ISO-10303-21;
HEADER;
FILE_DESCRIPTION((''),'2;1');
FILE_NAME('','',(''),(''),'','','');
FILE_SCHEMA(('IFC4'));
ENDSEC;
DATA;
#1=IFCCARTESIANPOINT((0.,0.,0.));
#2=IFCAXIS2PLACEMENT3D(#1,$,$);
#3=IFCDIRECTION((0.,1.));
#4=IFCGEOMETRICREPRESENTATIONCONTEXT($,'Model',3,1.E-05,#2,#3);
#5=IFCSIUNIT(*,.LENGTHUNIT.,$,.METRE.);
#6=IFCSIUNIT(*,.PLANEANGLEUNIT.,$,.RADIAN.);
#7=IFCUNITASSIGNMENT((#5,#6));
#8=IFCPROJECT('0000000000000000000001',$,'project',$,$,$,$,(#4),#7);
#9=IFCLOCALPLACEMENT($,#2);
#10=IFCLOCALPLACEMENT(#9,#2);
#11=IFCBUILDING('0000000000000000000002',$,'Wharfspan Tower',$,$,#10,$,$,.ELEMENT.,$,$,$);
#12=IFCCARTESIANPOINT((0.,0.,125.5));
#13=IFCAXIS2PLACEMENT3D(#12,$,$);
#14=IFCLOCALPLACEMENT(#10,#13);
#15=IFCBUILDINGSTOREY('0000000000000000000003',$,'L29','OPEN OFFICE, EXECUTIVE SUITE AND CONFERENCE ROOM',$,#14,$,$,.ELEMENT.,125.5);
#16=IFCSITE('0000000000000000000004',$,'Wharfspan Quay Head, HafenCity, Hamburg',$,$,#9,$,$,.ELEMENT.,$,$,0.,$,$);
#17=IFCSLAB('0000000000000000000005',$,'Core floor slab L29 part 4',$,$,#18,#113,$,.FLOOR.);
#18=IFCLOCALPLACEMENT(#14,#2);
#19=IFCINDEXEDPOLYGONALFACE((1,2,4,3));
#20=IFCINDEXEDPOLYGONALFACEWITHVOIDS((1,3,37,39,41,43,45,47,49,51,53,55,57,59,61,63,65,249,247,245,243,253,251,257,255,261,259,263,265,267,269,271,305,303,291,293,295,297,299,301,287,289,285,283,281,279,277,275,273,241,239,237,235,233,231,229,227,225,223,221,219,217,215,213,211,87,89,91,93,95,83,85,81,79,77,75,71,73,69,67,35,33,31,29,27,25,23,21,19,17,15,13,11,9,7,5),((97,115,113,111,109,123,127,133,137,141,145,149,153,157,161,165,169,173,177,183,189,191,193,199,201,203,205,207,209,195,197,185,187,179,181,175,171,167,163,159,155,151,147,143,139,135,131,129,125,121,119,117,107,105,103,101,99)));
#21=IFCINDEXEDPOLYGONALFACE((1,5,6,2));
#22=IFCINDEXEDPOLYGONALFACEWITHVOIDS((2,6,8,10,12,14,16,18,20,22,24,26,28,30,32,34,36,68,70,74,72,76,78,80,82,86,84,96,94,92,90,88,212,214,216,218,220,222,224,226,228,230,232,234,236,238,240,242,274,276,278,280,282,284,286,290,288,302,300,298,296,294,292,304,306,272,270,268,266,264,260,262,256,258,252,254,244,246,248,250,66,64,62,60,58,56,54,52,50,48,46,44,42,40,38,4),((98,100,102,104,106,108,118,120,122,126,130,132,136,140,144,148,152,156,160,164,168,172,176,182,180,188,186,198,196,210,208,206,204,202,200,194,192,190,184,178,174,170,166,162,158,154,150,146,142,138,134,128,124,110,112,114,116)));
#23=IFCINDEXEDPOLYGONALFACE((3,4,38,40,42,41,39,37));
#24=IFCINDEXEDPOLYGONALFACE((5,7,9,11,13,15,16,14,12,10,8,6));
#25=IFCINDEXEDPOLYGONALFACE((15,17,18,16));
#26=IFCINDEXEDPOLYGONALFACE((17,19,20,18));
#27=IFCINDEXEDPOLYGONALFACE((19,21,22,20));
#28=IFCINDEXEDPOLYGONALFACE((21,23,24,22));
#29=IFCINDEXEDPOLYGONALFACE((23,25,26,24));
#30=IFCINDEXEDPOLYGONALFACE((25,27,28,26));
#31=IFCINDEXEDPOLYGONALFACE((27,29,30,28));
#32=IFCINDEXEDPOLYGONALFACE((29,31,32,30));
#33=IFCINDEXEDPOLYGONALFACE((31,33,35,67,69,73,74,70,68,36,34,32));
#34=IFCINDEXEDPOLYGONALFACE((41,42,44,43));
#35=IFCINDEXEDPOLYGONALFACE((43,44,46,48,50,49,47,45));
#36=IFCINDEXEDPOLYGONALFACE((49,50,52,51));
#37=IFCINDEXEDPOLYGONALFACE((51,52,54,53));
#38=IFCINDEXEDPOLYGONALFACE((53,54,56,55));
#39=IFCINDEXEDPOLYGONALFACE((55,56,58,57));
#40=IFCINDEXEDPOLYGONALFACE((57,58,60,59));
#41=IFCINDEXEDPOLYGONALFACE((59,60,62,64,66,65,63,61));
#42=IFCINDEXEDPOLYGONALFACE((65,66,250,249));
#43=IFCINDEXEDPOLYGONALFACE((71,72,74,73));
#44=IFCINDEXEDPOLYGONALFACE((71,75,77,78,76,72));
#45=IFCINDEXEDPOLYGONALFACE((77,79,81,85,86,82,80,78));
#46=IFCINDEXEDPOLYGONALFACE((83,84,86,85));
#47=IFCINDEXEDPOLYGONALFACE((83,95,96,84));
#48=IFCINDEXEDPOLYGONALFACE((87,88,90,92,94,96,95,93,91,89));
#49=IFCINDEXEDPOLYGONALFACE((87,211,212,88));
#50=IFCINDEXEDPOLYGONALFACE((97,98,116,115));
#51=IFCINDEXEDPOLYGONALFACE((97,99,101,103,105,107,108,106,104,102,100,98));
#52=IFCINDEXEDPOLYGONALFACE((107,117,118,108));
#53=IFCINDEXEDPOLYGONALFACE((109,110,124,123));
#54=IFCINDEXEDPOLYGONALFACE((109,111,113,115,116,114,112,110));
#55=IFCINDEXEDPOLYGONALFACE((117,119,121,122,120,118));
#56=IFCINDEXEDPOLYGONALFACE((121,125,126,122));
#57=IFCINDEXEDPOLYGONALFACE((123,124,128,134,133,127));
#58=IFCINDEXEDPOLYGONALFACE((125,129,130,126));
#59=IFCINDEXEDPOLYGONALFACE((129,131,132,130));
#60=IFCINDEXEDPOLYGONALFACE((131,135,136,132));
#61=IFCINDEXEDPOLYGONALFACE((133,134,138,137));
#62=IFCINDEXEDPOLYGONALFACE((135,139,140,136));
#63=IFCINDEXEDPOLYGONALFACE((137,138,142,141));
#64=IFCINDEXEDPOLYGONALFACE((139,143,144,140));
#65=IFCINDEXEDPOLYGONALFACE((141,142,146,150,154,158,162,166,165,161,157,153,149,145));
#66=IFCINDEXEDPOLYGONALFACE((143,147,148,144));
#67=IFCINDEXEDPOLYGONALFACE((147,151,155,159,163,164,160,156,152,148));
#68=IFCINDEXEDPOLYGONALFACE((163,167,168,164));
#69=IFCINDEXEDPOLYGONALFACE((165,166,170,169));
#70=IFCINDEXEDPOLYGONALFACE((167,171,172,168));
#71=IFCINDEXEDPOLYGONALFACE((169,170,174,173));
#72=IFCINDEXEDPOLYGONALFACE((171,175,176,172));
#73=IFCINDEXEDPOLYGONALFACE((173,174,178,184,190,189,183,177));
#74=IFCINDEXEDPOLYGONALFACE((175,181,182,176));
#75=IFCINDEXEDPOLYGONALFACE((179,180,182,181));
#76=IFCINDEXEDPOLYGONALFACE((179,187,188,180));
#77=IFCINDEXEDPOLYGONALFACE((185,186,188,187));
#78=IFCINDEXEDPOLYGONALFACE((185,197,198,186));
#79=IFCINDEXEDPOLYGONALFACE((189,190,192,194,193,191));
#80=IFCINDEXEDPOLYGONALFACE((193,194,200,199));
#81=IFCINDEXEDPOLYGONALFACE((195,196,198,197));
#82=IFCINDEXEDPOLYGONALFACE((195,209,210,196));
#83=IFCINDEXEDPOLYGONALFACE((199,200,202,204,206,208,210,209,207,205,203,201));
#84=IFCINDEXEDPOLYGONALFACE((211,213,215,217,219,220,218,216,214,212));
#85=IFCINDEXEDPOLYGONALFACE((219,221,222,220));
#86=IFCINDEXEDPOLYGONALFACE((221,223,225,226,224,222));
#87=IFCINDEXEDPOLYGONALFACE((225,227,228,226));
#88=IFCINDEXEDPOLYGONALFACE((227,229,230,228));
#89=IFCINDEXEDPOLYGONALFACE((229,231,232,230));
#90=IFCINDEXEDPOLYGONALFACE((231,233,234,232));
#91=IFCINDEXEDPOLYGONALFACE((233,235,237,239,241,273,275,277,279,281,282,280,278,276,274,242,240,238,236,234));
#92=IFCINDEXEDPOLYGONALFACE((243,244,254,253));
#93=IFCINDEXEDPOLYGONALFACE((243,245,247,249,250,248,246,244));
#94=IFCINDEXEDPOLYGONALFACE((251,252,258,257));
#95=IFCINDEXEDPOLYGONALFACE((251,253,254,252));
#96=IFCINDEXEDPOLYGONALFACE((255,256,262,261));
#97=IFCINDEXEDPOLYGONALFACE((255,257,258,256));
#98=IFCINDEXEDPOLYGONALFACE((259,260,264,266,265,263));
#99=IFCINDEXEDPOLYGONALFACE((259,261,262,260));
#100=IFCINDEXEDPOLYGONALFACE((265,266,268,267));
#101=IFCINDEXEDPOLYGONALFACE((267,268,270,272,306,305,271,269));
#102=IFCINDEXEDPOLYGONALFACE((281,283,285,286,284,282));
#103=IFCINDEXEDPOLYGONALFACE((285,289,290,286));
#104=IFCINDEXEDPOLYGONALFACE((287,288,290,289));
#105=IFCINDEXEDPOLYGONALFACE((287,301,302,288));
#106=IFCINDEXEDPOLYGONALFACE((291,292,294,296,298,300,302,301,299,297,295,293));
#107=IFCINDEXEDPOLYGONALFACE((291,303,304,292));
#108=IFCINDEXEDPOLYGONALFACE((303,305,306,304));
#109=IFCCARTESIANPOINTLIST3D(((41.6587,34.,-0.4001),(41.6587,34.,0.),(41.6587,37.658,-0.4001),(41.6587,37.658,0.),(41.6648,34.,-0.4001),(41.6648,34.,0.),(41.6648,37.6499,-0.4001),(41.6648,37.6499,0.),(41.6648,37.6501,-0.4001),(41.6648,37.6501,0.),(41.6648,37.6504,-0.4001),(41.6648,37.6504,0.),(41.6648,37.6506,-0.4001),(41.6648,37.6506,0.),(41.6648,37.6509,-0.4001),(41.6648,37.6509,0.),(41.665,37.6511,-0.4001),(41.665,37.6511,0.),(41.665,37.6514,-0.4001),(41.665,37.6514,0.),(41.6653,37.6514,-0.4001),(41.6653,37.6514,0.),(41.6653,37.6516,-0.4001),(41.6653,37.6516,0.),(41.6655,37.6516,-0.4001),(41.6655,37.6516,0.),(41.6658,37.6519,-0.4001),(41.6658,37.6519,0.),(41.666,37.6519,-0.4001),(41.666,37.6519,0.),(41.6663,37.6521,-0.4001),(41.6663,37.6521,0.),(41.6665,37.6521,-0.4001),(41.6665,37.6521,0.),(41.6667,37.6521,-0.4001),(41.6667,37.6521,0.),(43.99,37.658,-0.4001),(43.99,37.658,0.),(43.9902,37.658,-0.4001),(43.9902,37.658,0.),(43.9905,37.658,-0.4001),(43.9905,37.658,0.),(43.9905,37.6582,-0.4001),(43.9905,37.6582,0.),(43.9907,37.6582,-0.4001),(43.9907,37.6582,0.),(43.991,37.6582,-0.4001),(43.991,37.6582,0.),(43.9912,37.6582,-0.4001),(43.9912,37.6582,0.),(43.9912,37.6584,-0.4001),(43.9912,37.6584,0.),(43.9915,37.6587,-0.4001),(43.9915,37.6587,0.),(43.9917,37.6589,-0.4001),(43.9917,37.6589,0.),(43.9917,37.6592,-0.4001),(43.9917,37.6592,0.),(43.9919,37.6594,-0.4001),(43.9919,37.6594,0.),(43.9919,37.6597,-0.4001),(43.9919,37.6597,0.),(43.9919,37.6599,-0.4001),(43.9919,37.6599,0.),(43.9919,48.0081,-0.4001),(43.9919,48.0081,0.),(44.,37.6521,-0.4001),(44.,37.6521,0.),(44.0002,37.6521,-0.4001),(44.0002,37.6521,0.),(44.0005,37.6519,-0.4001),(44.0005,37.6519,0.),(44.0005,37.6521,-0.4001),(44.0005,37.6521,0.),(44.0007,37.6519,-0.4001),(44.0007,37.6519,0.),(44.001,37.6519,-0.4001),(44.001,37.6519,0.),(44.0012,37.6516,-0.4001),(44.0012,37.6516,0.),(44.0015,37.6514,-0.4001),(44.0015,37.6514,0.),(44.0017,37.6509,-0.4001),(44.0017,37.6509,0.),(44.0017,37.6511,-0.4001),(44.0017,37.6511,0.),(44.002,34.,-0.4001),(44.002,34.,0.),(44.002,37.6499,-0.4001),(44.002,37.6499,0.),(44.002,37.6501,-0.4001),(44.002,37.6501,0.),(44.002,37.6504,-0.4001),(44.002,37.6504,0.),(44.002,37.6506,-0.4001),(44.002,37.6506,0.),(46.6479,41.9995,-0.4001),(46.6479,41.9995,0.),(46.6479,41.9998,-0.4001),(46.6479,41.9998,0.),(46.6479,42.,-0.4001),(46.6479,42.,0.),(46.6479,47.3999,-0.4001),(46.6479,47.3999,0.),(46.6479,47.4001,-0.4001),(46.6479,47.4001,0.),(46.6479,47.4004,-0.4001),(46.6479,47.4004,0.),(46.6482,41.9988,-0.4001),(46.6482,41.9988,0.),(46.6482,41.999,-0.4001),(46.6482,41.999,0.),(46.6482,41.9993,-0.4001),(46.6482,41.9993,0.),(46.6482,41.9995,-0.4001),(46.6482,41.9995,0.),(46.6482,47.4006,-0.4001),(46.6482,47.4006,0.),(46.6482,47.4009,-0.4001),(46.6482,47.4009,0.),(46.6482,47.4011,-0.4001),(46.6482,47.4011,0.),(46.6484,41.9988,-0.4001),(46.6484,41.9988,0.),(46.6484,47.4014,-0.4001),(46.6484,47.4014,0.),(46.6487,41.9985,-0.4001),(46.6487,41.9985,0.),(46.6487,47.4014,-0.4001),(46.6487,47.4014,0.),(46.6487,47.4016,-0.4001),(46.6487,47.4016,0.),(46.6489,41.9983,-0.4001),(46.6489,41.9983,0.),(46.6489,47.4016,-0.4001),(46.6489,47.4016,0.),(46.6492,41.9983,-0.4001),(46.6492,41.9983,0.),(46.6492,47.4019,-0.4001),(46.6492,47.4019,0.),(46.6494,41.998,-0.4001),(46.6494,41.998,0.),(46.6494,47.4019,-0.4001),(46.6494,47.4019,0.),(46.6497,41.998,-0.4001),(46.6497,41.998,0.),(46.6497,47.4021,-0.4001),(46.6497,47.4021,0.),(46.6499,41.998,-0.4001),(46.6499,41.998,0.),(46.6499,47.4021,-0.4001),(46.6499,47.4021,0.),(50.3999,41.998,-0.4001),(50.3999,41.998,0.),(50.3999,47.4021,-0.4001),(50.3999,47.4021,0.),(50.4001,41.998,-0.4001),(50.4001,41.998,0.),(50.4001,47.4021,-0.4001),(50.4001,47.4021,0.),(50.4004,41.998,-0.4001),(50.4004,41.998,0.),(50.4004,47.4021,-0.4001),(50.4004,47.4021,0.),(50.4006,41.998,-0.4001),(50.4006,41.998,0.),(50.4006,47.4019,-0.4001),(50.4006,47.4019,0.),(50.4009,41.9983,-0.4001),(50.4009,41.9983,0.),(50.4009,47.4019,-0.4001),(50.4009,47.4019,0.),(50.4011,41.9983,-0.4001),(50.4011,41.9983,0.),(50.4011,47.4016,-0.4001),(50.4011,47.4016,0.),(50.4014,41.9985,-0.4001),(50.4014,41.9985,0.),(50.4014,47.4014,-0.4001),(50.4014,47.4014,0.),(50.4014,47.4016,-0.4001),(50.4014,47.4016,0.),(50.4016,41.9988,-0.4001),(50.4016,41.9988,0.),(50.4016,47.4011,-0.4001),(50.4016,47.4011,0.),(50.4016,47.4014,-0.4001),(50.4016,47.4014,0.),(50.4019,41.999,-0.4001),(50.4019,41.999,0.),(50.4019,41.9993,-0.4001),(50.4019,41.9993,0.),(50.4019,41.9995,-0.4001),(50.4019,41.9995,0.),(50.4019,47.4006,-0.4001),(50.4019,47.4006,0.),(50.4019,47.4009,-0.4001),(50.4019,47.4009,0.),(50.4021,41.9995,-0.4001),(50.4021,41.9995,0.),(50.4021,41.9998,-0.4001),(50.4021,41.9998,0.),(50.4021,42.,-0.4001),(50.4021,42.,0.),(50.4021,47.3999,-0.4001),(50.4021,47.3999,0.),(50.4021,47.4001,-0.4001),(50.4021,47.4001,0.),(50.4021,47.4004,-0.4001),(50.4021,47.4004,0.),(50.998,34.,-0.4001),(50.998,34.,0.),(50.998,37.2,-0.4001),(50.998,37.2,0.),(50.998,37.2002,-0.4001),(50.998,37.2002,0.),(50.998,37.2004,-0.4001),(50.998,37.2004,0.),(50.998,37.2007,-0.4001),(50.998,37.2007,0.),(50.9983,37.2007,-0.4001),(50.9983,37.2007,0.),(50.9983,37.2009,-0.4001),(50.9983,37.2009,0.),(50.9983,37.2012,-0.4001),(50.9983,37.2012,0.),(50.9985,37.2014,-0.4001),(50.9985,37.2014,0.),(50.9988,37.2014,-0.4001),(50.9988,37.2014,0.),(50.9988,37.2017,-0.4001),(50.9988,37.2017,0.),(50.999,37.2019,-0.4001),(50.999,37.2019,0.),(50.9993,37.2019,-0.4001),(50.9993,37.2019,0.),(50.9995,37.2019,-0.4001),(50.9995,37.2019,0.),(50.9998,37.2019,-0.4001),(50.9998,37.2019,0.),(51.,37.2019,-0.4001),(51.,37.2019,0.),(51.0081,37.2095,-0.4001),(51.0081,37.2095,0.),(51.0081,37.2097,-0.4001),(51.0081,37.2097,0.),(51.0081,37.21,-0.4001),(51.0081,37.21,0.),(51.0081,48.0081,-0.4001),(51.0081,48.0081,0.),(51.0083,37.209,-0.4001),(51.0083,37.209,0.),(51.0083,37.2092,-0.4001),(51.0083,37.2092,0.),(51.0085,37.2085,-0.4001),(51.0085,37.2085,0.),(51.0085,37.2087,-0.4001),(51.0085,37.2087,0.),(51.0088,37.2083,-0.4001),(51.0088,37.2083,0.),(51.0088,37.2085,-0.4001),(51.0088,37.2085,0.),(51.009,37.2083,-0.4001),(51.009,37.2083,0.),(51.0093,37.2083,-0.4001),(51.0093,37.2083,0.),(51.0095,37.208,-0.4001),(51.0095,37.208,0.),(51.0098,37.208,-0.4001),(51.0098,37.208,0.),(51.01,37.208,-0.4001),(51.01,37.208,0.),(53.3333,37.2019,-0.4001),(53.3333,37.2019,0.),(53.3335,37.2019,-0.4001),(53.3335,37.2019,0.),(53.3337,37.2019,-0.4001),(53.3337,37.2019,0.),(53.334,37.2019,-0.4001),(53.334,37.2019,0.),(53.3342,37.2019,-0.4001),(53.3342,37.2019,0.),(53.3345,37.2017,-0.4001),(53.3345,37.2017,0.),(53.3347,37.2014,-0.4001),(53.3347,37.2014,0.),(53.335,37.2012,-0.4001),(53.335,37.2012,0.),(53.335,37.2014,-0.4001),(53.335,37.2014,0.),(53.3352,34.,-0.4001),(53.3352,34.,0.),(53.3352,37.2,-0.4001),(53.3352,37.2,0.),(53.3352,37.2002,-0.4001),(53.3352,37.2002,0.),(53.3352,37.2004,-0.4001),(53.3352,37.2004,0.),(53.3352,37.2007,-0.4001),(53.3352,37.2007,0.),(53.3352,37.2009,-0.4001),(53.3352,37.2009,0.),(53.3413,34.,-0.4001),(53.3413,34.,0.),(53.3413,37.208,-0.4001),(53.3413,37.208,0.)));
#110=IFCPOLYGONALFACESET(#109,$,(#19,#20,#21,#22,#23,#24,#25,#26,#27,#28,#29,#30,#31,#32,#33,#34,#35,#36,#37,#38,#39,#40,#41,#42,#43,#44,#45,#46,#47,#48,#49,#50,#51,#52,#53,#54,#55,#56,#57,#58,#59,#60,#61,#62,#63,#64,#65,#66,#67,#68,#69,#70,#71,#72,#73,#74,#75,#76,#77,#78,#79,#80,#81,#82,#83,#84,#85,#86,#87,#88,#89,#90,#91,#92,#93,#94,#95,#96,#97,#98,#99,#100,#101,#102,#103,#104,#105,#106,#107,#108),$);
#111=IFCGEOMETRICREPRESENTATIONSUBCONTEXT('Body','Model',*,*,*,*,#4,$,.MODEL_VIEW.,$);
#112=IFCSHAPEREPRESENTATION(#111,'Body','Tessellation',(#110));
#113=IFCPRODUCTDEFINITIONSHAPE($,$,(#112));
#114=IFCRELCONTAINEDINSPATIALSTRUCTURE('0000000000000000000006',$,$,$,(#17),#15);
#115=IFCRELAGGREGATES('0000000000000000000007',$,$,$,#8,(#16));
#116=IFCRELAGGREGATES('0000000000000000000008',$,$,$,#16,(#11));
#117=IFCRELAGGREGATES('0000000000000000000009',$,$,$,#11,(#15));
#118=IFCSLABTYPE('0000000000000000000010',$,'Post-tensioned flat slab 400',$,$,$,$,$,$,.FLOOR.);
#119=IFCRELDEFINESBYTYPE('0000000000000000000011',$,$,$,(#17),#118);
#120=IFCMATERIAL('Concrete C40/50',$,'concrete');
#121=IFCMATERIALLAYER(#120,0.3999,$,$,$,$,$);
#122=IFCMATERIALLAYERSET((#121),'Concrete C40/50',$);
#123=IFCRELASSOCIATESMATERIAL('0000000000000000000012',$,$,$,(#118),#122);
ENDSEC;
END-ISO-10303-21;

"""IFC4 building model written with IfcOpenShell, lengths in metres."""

from ifc_helpers import new_model, si_unit, direction, frame, origin, place, context, subcontext, project, spatial, polyline, outline, extrude, material, layer, layer_set, type_object, element, save


model = new_model("IFC4")

# Units and contexts
model_context = context("Model", 3, precision=1e-05, world=origin(), true_north=direction((0.0, 1.0)))
body_context = subcontext(model_context, "Body", "Model", "MODEL_VIEW")
ifc_project = project(units=[si_unit("LENGTHUNIT", "METRE"), si_unit("PLANEANGLEUNIT", "RADIAN")], contexts=[model_context])

# Site, building, storey
site_placement = place(None, origin())
site = spatial("IfcSite", under=ifc_project, at=site_placement, Name="Wharfspan Quay Head, HafenCity, Hamburg", CompositionType="ELEMENT", RefElevation=0.0)
building_placement = place(site_placement, origin())
building = spatial("IfcBuilding", under=site, at=building_placement, Name="Wharfspan Tower", CompositionType="ELEMENT")
storey_placement = place(building_placement, frame((0.0, 0.0, 125.5)))
storey = spatial("IfcBuildingStorey", under=building, at=storey_placement, Name="L29", Description="OPEN OFFICE, EXECUTIVE SUITE AND CONFERENCE ROOM", CompositionType="ELEMENT", Elevation=125.5)

# Slab
ifc_material_1 = material(Name="Concrete C40/50", Category="concrete")
ifc_layer_1 = layer(ifc_material_1, 0.3999)
ifc_layer_set_1 = layer_set([ifc_layer_1], Name="Concrete C40/50")
slab_type = type_object("IfcSlabType", Name="Post-tensioned flat slab 400", PredefinedType="FLOOR", material=ifc_layer_set_1)
slab_1_placement = place(storey_placement, frame((0.0, 0.0, -0.4001)))
element("IfcSlab", 1, at=slab_1_placement, inside=storey, type_object=slab_type, Name="Core floor slab L29 part 4", PredefinedType="FLOOR", context=body_context, shape_type="SweptSolid", body=[
    extrude(outline(polyline([(53.3413, 34.0), (53.3413, 37.208), (51.01, 37.208), (51.0098, 37.208), (51.0095, 37.208), (51.0095, 37.208), (51.0093, 37.2083), (51.009, 37.2083), (51.0088, 37.2083), (51.0088, 37.2085), (51.0085, 37.2085), (51.0085, 37.2087), (51.0083, 37.209), (51.0083, 37.209), (51.0083, 37.2092), (51.0081, 37.2095), (51.0081, 37.2097), (51.0081, 37.2097), (51.0081, 37.21), (51.0081, 48.0081), (43.9919, 48.0081), (43.9919, 37.6599), (43.9919, 37.6599), (43.9919, 37.6597), (43.9919, 37.6594), (43.9917, 37.6592), (43.9917, 37.6592), (43.9917, 37.6589), (43.9915, 37.6587), (43.9915, 37.6587), (43.9912, 37.6584), (43.9912, 37.6582), (43.991, 37.6582), (43.9907, 37.6582), (43.9905, 37.6582), (43.9905, 37.658), (43.9902, 37.658), (43.99, 37.658), (41.6587, 37.658), (41.6587, 34.0), (41.6648, 34.0), (41.6648, 37.6499), (41.6648, 37.6501), (41.6648, 37.6504), (41.6648, 37.6506), (41.6648, 37.6509), (41.6648, 37.6509), (41.665, 37.6511), (41.665, 37.6514), (41.6653, 37.6514), (41.6653, 37.6516), (41.6655, 37.6516), (41.6658, 37.6519), (41.666, 37.6519), (41.666, 37.6519), (41.6663, 37.6521), (41.6665, 37.6521), (41.6667, 37.6521), (44.0, 37.6521), (44.0002, 37.6521), (44.0005, 37.6521), (44.0005, 37.6519), (44.0007, 37.6519), (44.001, 37.6519), (44.0012, 37.6516), (44.0012, 37.6516), (44.0015, 37.6514), (44.0015, 37.6514), (44.0017, 37.6511), (44.0017, 37.6509), (44.0017, 37.6509), (44.002, 37.6506), (44.002, 37.6504), (44.002, 37.6501), (44.002, 37.6499), (44.002, 34.0), (50.998, 34.0), (50.998, 37.2), (50.998, 37.2002), (50.998, 37.2004), (50.998, 37.2007), (50.9983, 37.2007), (50.9983, 37.2009), (50.9983, 37.2012), (50.9985, 37.2014), (50.9985, 37.2014), (50.9988, 37.2014), (50.9988, 37.2017), (50.999, 37.2019), (50.9993, 37.2019), (50.9995, 37.2019), (50.9995, 37.2019), (50.9998, 37.2019), (51.0, 37.2019), (53.3333, 37.2019), (53.3335, 37.2019), (53.3337, 37.2019), (53.334, 37.2019), (53.334, 37.2019), (53.3342, 37.2019), (53.3345, 37.2017), (53.3347, 37.2014), (53.3347, 37.2014), (53.335, 37.2014), (53.335, 37.2012), (53.3352, 37.2009), (53.3352, 37.2007), (53.3352, 37.2007), (53.3352, 37.2004), (53.3352, 37.2002), (53.3352, 37.2), (53.3352, 34.0), (53.3413, 34.0)]), holes=[polyline([(50.4021, 42.0), (50.4021, 41.9998), (50.4021, 41.9995), (50.4019, 41.9995), (50.4019, 41.9993), (50.4019, 41.999), (50.4016, 41.9988), (50.4016, 41.9988), (50.4014, 41.9985), (50.4014, 41.9985), (50.4011, 41.9983), (50.4009, 41.9983), (50.4009, 41.9983), (50.4006, 41.998), (50.4004, 41.998), (50.4001, 41.998), (50.3999, 41.998), (46.6499, 41.998), (46.6499, 41.998), (46.6497, 41.998), (46.6494, 41.998), (46.6492, 41.9983), (46.6492, 41.9983), (46.6489, 41.9983), (46.6487, 41.9985), (46.6487, 41.9985), (46.6484, 41.9988), (46.6482, 41.9988), (46.6482, 41.999), (46.6482, 41.9993), (46.6482, 41.9995), (46.6479, 41.9995), (46.6479, 41.9998), (46.6479, 42.0), (46.6479, 47.3999), (46.6479, 47.4001), (46.6479, 47.4004), (46.6482, 47.4006), (46.6482, 47.4009), (46.6482, 47.4009), (46.6482, 47.4011), (46.6484, 47.4014), (46.6487, 47.4014), (46.6487, 47.4016), (46.6489, 47.4016), (46.6492, 47.4019), (46.6492, 47.4019), (46.6494, 47.4019), (46.6497, 47.4021), (46.6499, 47.4021), (46.6499, 47.4021), (50.3999, 47.4021), (50.4001, 47.4021), (50.4004, 47.4021), (50.4006, 47.4019), (50.4009, 47.4019), (50.4009, 47.4019), (50.4011, 47.4016), (50.4014, 47.4016), (50.4014, 47.4014), (50.4016, 47.4014), (50.4016, 47.4011), (50.4019, 47.4009), (50.4019, 47.4009), (50.4019, 47.4006), (50.4021, 47.4004), (50.4021, 47.4001), (50.4021, 47.3999), (50.4021, 42.0)])]), origin(), (0.0, 0.0, 1.0), 0.4001),
])

save(model, "model.ifc")
